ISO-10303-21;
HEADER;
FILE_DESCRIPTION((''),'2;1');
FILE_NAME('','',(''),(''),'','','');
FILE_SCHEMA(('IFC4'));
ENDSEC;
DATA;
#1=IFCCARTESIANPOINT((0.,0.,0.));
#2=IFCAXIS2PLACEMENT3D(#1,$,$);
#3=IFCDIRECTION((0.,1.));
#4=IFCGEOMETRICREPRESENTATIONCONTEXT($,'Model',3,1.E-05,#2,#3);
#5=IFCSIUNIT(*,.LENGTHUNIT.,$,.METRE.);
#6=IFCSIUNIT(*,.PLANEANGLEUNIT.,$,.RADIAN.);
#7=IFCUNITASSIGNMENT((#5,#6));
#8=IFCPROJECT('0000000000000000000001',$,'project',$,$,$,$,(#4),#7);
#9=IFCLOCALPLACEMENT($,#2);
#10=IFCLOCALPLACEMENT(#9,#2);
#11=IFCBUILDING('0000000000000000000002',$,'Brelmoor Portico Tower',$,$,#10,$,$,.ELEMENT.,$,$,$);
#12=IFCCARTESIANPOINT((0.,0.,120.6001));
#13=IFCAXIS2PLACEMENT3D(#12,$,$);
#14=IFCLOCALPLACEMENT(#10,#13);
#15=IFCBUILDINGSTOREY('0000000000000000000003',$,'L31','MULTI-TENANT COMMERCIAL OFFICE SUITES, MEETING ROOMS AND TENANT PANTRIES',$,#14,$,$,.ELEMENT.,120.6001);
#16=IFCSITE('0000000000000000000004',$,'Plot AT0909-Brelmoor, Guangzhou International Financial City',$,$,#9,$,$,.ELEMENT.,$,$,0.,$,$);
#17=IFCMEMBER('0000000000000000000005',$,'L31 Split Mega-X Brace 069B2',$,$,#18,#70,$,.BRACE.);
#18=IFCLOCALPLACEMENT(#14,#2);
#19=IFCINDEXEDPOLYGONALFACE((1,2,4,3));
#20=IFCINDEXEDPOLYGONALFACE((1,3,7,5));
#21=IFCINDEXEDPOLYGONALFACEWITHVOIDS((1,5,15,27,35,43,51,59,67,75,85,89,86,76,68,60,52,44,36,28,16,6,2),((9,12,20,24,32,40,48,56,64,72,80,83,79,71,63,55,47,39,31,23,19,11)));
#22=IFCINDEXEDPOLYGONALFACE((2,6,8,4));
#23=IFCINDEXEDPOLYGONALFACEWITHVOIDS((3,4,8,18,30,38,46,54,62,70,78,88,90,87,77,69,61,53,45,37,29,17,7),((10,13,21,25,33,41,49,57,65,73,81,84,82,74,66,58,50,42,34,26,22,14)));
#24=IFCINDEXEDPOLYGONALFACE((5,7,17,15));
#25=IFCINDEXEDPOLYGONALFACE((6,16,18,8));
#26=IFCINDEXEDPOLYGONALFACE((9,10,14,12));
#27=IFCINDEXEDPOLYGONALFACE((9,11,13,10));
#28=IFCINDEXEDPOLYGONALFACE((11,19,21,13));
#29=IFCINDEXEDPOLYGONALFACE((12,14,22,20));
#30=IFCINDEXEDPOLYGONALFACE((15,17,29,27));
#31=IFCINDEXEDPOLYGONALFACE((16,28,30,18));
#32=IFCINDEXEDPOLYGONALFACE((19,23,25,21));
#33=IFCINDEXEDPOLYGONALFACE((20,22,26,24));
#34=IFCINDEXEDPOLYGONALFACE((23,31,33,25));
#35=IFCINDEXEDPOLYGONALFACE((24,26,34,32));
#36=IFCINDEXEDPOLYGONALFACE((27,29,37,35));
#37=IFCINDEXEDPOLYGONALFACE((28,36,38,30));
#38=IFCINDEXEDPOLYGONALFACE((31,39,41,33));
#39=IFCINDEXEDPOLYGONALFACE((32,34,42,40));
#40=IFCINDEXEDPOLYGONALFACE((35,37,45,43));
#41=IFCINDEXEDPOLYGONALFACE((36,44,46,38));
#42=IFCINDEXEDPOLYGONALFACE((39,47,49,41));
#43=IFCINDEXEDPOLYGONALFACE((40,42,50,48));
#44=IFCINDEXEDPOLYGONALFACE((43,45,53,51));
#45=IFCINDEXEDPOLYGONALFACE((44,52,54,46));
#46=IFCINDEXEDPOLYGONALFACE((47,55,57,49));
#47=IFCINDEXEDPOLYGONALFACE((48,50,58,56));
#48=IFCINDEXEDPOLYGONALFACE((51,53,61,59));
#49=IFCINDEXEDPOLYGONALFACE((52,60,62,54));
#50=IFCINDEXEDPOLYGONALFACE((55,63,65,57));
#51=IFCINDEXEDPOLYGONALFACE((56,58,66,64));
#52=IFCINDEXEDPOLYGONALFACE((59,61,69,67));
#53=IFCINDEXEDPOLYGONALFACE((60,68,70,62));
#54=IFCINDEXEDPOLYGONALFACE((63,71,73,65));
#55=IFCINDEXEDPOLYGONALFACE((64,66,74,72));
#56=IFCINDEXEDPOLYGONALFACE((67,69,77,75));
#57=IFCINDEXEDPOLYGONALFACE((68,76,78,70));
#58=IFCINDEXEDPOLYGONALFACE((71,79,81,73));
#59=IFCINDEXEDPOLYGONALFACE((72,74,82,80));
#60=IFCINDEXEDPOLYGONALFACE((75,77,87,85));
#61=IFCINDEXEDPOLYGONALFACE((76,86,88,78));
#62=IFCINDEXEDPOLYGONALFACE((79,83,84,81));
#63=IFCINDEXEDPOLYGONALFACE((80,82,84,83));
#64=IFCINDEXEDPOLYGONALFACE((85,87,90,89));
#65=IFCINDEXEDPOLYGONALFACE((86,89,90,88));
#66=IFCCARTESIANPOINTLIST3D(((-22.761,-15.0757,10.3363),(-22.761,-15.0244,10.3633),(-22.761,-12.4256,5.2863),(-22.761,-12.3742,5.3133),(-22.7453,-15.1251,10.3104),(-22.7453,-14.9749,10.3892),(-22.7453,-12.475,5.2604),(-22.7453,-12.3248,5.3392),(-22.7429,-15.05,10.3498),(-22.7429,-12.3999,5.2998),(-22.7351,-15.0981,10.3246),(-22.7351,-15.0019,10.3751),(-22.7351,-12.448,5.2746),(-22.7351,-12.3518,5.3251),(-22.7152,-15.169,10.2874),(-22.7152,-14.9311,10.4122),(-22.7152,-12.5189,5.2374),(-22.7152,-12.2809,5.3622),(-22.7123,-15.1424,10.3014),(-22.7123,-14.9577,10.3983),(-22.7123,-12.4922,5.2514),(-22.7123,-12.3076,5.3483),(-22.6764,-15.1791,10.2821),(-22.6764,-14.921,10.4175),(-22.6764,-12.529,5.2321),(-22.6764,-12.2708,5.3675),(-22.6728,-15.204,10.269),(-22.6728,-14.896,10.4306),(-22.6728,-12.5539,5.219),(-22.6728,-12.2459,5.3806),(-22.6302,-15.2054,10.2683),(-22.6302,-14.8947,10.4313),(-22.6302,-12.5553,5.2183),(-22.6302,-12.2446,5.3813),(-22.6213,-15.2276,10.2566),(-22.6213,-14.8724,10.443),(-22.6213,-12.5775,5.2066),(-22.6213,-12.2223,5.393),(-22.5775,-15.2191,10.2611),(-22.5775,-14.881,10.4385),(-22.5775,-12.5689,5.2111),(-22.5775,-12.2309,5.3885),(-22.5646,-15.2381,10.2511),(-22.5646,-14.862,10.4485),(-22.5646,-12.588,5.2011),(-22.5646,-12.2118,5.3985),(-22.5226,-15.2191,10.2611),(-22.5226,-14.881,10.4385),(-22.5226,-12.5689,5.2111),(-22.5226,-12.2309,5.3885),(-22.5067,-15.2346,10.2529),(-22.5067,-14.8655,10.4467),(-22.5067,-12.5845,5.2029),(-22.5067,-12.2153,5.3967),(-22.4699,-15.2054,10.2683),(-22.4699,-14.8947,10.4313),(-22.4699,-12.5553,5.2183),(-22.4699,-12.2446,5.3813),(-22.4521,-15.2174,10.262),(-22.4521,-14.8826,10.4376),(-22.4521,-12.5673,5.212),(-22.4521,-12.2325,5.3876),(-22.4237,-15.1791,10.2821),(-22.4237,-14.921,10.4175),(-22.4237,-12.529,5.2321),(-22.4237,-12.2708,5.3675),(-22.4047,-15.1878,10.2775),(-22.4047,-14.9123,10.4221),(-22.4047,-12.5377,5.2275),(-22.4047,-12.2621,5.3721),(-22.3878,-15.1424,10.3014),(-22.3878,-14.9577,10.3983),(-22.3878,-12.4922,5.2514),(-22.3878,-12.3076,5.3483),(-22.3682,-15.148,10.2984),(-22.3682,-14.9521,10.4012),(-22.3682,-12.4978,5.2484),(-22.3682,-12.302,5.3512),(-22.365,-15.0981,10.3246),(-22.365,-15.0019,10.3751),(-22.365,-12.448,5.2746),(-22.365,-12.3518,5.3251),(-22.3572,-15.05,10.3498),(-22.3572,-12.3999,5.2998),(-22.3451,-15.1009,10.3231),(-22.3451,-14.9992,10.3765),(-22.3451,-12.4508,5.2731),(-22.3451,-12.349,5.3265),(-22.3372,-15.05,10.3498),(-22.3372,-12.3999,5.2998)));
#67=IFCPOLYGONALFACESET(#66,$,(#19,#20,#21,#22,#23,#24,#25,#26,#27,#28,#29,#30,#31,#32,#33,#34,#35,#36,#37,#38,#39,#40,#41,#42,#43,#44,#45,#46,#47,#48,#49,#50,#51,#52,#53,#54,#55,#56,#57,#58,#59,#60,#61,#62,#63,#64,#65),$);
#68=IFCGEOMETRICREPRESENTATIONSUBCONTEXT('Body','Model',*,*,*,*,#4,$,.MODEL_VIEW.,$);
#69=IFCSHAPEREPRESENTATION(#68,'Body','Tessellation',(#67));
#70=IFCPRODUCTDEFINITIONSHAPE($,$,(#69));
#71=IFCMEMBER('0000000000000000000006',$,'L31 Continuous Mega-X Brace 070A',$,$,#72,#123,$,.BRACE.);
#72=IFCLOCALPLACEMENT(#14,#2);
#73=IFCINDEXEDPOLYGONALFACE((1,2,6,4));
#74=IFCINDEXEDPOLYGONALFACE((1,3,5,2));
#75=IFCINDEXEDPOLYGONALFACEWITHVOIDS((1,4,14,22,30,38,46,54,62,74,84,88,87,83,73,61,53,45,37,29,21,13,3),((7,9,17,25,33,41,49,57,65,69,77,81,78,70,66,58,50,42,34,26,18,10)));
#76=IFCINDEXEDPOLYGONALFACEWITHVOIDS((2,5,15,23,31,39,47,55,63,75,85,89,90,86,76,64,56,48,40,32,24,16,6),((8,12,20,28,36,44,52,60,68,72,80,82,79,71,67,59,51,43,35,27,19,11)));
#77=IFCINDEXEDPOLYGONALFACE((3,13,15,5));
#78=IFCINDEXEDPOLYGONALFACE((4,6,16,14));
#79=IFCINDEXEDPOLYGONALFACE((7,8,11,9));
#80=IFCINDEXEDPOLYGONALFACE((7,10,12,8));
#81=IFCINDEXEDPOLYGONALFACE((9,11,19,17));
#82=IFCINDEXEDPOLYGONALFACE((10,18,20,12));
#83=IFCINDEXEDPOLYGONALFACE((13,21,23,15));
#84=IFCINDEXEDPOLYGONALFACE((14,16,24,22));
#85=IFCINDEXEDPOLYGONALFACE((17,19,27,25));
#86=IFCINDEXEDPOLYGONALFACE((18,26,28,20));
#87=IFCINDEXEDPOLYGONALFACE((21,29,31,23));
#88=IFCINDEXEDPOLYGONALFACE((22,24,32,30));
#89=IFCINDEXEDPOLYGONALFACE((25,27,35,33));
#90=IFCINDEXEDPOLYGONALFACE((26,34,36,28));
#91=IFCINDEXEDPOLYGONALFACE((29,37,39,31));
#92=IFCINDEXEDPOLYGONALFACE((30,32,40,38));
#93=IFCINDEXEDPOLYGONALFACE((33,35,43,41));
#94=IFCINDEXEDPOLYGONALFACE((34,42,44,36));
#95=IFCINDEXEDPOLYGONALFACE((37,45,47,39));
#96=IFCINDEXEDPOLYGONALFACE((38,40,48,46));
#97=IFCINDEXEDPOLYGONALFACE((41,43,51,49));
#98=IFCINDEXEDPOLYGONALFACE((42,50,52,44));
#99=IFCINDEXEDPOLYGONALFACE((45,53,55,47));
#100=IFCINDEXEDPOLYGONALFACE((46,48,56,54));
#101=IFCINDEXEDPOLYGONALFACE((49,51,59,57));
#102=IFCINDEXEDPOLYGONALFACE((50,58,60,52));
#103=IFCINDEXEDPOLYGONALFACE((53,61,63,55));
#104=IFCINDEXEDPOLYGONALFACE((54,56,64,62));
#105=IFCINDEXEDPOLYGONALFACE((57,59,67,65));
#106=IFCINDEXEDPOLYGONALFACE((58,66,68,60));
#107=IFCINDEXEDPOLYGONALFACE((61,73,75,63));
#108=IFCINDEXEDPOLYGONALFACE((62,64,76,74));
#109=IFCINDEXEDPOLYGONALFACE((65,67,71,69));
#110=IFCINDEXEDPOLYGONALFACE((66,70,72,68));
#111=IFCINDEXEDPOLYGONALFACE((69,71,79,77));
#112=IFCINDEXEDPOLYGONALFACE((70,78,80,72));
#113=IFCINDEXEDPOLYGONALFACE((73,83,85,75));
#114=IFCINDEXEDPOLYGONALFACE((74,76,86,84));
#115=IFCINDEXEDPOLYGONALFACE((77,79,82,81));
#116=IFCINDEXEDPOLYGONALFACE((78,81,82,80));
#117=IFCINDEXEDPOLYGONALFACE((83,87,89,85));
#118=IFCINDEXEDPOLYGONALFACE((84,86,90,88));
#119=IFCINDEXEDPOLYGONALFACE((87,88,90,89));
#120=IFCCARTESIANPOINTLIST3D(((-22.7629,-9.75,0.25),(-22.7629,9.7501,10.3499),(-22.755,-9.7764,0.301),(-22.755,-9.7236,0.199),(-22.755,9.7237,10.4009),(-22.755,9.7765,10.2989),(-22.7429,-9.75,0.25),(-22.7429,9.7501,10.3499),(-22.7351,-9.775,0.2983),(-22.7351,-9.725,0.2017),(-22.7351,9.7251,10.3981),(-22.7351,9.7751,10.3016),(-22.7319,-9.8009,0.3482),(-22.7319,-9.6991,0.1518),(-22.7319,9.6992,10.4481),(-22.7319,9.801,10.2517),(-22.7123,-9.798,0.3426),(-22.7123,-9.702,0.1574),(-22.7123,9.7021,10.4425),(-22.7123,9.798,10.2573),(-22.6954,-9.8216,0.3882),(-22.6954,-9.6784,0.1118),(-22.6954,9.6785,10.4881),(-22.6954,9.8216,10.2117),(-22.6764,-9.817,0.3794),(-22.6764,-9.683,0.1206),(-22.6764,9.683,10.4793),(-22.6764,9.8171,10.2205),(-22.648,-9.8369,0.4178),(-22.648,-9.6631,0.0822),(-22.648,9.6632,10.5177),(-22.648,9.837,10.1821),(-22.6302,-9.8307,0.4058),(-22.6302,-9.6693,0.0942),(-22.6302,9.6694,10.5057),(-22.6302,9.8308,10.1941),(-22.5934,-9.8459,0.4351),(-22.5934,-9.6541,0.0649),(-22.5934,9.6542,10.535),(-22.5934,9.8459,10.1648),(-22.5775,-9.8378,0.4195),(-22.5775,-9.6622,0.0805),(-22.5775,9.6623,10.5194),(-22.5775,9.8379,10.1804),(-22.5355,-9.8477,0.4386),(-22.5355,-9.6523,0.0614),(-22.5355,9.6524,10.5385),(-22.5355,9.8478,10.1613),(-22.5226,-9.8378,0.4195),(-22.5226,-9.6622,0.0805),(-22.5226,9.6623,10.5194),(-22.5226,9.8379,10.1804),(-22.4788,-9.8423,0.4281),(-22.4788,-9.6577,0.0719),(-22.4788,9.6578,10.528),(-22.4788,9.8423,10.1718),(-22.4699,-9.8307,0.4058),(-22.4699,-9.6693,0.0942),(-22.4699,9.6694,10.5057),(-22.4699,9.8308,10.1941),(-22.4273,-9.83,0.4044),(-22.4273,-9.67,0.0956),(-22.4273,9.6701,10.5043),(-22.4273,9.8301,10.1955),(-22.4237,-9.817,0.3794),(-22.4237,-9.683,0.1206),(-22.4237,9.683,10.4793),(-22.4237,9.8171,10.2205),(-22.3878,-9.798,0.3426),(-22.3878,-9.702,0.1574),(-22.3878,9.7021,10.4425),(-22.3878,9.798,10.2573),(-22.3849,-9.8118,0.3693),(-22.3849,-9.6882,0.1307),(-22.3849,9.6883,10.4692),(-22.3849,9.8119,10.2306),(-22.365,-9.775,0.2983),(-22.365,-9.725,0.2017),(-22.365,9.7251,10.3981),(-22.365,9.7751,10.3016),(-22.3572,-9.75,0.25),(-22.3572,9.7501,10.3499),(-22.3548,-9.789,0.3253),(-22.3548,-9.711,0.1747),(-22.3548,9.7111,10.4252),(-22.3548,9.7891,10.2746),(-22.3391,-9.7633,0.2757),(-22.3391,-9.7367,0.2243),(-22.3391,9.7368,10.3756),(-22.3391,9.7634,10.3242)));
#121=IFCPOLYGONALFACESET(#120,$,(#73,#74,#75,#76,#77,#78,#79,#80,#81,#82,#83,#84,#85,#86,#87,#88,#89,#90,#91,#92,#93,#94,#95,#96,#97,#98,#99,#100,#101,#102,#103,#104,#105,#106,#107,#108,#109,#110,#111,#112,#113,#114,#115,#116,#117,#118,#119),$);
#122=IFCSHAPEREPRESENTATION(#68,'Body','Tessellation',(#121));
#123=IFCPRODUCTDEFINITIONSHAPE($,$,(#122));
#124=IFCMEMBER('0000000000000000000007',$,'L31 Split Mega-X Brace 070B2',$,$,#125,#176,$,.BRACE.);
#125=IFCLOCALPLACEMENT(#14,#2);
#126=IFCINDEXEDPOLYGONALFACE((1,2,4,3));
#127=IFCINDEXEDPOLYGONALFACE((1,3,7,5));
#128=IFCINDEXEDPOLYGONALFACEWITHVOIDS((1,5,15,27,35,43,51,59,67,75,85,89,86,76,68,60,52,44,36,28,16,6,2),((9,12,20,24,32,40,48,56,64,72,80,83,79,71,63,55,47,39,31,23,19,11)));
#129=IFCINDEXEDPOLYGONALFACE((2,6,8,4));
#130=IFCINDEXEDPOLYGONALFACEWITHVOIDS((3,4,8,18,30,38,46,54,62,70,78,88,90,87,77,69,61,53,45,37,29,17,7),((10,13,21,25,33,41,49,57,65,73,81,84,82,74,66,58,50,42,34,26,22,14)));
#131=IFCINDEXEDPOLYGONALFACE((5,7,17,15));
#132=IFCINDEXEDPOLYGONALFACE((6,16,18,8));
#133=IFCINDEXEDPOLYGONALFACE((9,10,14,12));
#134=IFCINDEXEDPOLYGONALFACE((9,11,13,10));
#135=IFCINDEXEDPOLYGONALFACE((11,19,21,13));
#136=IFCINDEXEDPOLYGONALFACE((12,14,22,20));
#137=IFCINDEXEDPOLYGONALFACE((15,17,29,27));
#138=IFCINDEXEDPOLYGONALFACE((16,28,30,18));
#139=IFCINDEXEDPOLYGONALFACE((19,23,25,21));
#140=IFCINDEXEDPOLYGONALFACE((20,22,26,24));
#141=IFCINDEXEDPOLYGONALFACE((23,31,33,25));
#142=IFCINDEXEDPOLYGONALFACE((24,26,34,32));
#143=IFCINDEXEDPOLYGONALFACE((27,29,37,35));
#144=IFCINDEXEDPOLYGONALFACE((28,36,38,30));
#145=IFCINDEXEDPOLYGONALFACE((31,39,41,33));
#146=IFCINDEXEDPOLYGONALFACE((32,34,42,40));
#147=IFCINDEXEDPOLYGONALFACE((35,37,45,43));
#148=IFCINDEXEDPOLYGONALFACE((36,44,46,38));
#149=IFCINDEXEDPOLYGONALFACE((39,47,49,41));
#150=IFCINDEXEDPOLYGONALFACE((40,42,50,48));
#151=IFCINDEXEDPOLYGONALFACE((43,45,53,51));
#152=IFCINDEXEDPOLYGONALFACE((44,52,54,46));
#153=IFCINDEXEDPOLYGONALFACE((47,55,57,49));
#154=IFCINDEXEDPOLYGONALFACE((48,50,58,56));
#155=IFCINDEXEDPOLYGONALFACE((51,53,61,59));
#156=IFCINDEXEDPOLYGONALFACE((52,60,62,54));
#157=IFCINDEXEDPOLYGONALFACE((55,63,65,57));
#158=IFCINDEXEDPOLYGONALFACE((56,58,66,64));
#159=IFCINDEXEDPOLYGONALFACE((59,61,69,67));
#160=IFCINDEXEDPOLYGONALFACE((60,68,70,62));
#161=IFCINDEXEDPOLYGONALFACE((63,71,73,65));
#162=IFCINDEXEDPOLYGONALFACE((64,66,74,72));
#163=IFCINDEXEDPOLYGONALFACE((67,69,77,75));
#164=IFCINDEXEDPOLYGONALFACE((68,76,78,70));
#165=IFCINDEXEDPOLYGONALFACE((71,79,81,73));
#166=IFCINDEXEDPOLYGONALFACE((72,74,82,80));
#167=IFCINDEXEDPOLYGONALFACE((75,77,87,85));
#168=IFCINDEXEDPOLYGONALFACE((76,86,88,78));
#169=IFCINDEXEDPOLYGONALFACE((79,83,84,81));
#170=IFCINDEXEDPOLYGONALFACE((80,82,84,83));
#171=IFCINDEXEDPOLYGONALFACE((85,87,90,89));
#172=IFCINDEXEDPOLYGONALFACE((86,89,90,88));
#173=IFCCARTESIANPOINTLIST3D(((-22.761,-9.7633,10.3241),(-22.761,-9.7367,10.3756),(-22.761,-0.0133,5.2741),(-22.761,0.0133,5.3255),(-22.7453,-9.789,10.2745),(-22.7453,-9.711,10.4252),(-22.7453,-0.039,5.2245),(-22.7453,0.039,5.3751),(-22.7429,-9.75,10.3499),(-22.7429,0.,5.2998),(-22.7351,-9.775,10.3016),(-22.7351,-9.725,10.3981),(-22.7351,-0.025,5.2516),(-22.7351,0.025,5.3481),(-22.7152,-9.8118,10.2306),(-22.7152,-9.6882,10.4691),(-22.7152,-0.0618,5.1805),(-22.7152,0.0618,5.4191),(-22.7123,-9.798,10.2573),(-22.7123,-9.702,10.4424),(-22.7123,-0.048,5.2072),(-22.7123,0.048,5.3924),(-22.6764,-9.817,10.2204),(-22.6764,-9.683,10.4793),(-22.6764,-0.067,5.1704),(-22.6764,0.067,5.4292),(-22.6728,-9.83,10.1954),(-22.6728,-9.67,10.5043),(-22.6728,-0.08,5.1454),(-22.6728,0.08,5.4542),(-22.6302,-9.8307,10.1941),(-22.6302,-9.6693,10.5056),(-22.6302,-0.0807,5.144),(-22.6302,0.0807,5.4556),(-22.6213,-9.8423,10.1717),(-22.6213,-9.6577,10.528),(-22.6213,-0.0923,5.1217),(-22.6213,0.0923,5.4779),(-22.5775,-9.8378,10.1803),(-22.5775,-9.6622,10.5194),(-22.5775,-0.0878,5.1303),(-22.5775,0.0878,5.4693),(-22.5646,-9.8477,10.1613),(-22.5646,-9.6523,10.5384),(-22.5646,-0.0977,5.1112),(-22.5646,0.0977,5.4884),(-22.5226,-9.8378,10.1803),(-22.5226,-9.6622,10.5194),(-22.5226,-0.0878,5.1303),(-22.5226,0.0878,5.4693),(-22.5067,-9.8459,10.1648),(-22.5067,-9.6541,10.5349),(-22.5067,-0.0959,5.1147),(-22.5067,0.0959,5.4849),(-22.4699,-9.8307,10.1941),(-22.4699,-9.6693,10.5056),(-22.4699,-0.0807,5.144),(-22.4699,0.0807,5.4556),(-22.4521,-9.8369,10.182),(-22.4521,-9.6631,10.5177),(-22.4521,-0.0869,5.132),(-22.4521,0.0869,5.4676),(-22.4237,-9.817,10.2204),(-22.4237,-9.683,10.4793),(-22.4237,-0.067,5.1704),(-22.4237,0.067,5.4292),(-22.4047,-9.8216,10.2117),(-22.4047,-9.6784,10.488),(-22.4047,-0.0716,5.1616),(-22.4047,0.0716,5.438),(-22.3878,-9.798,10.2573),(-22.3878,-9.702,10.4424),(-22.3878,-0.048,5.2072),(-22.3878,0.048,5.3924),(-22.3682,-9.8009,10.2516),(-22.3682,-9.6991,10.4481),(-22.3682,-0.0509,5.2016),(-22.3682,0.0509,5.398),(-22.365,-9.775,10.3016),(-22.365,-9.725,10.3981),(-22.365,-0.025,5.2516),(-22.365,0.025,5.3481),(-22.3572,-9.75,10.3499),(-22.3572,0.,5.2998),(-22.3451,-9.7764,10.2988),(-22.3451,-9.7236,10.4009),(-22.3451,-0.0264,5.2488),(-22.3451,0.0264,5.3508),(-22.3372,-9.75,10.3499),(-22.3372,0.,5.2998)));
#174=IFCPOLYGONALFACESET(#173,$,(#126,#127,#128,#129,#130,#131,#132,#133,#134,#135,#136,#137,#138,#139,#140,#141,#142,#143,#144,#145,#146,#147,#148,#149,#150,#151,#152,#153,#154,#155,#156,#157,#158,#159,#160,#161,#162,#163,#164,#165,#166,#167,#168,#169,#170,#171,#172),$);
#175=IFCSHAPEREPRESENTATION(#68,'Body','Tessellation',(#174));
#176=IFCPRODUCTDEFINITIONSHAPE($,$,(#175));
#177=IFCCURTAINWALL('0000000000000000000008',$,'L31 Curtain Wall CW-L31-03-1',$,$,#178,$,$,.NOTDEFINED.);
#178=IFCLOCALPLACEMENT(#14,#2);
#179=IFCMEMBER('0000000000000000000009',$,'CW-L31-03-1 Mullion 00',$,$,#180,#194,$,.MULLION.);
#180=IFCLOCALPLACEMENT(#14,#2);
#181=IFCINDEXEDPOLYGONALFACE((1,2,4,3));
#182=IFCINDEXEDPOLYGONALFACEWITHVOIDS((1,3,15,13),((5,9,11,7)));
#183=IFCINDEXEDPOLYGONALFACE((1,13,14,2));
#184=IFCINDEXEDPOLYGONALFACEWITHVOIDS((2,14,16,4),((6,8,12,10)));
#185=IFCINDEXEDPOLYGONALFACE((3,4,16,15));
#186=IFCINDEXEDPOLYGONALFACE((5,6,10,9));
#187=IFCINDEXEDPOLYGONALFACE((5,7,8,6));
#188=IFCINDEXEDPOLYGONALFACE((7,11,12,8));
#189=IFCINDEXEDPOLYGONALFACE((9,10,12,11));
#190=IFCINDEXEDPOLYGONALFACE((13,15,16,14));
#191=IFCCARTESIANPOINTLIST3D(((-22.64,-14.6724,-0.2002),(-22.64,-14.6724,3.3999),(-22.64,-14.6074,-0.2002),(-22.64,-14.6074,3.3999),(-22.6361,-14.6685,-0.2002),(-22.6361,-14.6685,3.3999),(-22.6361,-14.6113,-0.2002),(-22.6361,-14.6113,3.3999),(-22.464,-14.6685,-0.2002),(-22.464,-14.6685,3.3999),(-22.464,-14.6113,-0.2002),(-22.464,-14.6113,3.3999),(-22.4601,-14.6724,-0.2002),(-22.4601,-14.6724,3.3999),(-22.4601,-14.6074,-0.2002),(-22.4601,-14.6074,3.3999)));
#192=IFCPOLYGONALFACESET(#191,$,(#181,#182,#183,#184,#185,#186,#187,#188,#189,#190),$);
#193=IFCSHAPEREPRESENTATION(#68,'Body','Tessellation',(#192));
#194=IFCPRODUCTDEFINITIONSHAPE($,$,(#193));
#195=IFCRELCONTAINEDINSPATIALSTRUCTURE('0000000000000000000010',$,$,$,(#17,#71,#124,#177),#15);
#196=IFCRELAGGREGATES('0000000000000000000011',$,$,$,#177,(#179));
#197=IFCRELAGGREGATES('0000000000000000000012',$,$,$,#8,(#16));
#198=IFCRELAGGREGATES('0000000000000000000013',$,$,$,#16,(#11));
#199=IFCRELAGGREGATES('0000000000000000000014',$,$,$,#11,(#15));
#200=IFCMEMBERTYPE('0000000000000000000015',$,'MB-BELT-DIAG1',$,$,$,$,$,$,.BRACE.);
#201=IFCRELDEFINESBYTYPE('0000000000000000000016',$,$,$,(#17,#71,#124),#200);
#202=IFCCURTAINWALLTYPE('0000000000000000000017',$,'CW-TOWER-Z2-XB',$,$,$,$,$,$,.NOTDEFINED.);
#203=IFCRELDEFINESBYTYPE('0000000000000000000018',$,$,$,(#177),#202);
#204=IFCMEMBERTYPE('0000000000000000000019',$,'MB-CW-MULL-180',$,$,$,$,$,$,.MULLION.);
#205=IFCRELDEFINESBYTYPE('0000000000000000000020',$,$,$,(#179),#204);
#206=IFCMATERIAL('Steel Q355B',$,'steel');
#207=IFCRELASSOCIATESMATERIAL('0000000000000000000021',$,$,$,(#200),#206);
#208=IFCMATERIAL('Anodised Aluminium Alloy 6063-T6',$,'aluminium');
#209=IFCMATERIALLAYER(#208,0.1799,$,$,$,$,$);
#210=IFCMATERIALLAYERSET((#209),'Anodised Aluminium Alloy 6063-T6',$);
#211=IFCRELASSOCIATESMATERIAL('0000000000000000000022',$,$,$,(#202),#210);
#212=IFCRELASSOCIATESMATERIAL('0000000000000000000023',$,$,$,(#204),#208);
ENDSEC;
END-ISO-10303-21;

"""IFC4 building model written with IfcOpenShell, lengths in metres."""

from ifc_helpers import new_model, si_unit, direction, frame, origin, origin_2d, place, context, subcontext, project, spatial, hollow_rectangle, hollow_circle, extrude, material, layer, layer_set, material_profile, profile_set, type_object, element, aggregate, save


model = new_model("IFC4")

# Units and contexts
model_context = context("Model", 3, precision=1e-05, world=origin(), true_north=direction((0.0, 1.0)))
body_context = subcontext(model_context, "Body", "Model", "MODEL_VIEW")
ifc_project = project(units=[si_unit("LENGTHUNIT", "METRE"), si_unit("PLANEANGLEUNIT", "RADIAN")], contexts=[model_context])

# Site, building, storey
site_placement = place(None, origin())
site = spatial("IfcSite", under=ifc_project, at=site_placement, Name="Plot AT0909-Brelmoor, Guangzhou International Financial City", CompositionType="ELEMENT", RefElevation=0.0)
building_placement = place(site_placement, origin())
building = spatial("IfcBuilding", under=site, at=building_placement, Name="Brelmoor Portico Tower", CompositionType="ELEMENT")
storey_placement = place(building_placement, frame((0.0, 0.0, 120.6001)))
storey = spatial("IfcBuildingStorey", under=building, at=storey_placement, Name="L31", Description="MULTI-TENANT COMMERCIAL OFFICE SUITES, MEETING ROOMS AND TENANT PANTRIES", CompositionType="ELEMENT", Elevation=120.6001)

# Shared definitions
ifc_material_1 = material(Name="Steel Q355B", Category="steel")

# Members
ifc_material_profile_1 = material_profile(ifc_material_1, hollow_circle(Radius=0.2129, WallThickness=0.02, at=origin_2d()), Name="CHS 426x20")
ifc_profile_set_1 = profile_set([ifc_material_profile_1], Name="Steel Q355B")
member_type_1 = type_object("IfcMemberType", Name="MB-BELT-DIAG1", PredefinedType="BRACE", material=ifc_profile_set_1)
member_1_placement = place(storey_placement, frame((-22.55, -12.3999, 5.2998), z_axis=(0.0, -0.464679, 0.885479), x_axis=(1.0, 0.0, 0.0)))
element("IfcMember", 1, at=member_1_placement, inside=storey, type_object=member_type_1, Name="L31 Split Mega-X Brace 069B2", PredefinedType="BRACE", context=body_context, shape_type="SweptSolid", body=[
    extrude(hollow_circle(Radius=0.2129, WallThickness=0.02, at=origin_2d()), origin(), (0.0, 0.0, 1.0), 5.7031),
])
member_2_placement = place(storey_placement, frame((-22.55, -9.75, 0.25), z_axis=(0.0, 0.887964, 0.459913), x_axis=(-1.0, 0.0, 0.0)))
element("IfcMember", 2, at=member_2_placement, inside=storey, type_object=member_type_1, Name="L31 Continuous Mega-X Brace 070A", PredefinedType="BRACE", context=body_context, shape_type="SweptSolid", body=[
    extrude(hollow_circle(Radius=0.2129, WallThickness=0.02, at=origin_2d()), origin(), (0.0, 0.0, 1.0), 21.9604),
])
member_3_placement = place(storey_placement, frame((-22.55, 0.0, 5.2998), z_axis=(0.0, -0.887959, 0.459922), x_axis=(1.0, 0.0, 0.0)))
element("IfcMember", 3, at=member_3_placement, inside=storey, type_object=member_type_1, Name="L31 Split Mega-X Brace 070B2", PredefinedType="BRACE", context=body_context, shape_type="SweptSolid", body=[
    extrude(hollow_circle(Radius=0.2129, WallThickness=0.02, at=origin_2d()), origin(), (0.0, 0.0, 1.0), 10.9802),
])

# Curtain wall, member
ifc_material_2 = material(Name="Anodised Aluminium Alloy 6063-T6", Category="aluminium")
ifc_layer_1 = layer(ifc_material_2, 0.1799)
ifc_layer_set_1 = layer_set([ifc_layer_1], Name="Anodised Aluminium Alloy 6063-T6")
curtain_wall_type = type_object("IfcCurtainWallType", Name="CW-TOWER-Z2-XB", PredefinedType="NOTDEFINED", material=ifc_layer_set_1)
curtain_wall_1_placement = place(storey_placement, origin())
curtain_wall_1 = element("IfcCurtainWall", 4, at=curtain_wall_1_placement, inside=storey, type_object=curtain_wall_type, Name="L31 Curtain Wall CW-L31-03-1", PredefinedType="NOTDEFINED")
ifc_material_profile_2 = material_profile(ifc_material_2, hollow_rectangle(XDim=0.0649, YDim=0.1799, WallThickness=0.0039, at=origin_2d()), Name="ALU MULLION 65x180")
ifc_profile_set_2 = profile_set([ifc_material_profile_2], Name="Anodised Aluminium Alloy 6063-T6")
member_type_2 = type_object("IfcMemberType", Name="MB-CW-MULL-180", PredefinedType="MULLION", material=ifc_profile_set_2)
member_4_placement = place(storey_placement, frame((-22.55, -14.6399, -0.2002), z_axis=(0.0, 0.0, 1.0), x_axis=(0.0, 1.0, 0.0)))
member_4 = element("IfcMember", 5, at=member_4_placement, type_object=member_type_2, Name="CW-L31-03-1 Mullion 00", PredefinedType="MULLION", context=body_context, shape_type="SweptSolid", body=[
    extrude(hollow_rectangle(XDim=0.0649, YDim=0.1799, WallThickness=0.0039, at=origin_2d()), origin(), (0.0, 0.0, 1.0), 3.6001),
])

aggregate(curtain_wall_1, [member_4])

save(model, "model.ifc")
